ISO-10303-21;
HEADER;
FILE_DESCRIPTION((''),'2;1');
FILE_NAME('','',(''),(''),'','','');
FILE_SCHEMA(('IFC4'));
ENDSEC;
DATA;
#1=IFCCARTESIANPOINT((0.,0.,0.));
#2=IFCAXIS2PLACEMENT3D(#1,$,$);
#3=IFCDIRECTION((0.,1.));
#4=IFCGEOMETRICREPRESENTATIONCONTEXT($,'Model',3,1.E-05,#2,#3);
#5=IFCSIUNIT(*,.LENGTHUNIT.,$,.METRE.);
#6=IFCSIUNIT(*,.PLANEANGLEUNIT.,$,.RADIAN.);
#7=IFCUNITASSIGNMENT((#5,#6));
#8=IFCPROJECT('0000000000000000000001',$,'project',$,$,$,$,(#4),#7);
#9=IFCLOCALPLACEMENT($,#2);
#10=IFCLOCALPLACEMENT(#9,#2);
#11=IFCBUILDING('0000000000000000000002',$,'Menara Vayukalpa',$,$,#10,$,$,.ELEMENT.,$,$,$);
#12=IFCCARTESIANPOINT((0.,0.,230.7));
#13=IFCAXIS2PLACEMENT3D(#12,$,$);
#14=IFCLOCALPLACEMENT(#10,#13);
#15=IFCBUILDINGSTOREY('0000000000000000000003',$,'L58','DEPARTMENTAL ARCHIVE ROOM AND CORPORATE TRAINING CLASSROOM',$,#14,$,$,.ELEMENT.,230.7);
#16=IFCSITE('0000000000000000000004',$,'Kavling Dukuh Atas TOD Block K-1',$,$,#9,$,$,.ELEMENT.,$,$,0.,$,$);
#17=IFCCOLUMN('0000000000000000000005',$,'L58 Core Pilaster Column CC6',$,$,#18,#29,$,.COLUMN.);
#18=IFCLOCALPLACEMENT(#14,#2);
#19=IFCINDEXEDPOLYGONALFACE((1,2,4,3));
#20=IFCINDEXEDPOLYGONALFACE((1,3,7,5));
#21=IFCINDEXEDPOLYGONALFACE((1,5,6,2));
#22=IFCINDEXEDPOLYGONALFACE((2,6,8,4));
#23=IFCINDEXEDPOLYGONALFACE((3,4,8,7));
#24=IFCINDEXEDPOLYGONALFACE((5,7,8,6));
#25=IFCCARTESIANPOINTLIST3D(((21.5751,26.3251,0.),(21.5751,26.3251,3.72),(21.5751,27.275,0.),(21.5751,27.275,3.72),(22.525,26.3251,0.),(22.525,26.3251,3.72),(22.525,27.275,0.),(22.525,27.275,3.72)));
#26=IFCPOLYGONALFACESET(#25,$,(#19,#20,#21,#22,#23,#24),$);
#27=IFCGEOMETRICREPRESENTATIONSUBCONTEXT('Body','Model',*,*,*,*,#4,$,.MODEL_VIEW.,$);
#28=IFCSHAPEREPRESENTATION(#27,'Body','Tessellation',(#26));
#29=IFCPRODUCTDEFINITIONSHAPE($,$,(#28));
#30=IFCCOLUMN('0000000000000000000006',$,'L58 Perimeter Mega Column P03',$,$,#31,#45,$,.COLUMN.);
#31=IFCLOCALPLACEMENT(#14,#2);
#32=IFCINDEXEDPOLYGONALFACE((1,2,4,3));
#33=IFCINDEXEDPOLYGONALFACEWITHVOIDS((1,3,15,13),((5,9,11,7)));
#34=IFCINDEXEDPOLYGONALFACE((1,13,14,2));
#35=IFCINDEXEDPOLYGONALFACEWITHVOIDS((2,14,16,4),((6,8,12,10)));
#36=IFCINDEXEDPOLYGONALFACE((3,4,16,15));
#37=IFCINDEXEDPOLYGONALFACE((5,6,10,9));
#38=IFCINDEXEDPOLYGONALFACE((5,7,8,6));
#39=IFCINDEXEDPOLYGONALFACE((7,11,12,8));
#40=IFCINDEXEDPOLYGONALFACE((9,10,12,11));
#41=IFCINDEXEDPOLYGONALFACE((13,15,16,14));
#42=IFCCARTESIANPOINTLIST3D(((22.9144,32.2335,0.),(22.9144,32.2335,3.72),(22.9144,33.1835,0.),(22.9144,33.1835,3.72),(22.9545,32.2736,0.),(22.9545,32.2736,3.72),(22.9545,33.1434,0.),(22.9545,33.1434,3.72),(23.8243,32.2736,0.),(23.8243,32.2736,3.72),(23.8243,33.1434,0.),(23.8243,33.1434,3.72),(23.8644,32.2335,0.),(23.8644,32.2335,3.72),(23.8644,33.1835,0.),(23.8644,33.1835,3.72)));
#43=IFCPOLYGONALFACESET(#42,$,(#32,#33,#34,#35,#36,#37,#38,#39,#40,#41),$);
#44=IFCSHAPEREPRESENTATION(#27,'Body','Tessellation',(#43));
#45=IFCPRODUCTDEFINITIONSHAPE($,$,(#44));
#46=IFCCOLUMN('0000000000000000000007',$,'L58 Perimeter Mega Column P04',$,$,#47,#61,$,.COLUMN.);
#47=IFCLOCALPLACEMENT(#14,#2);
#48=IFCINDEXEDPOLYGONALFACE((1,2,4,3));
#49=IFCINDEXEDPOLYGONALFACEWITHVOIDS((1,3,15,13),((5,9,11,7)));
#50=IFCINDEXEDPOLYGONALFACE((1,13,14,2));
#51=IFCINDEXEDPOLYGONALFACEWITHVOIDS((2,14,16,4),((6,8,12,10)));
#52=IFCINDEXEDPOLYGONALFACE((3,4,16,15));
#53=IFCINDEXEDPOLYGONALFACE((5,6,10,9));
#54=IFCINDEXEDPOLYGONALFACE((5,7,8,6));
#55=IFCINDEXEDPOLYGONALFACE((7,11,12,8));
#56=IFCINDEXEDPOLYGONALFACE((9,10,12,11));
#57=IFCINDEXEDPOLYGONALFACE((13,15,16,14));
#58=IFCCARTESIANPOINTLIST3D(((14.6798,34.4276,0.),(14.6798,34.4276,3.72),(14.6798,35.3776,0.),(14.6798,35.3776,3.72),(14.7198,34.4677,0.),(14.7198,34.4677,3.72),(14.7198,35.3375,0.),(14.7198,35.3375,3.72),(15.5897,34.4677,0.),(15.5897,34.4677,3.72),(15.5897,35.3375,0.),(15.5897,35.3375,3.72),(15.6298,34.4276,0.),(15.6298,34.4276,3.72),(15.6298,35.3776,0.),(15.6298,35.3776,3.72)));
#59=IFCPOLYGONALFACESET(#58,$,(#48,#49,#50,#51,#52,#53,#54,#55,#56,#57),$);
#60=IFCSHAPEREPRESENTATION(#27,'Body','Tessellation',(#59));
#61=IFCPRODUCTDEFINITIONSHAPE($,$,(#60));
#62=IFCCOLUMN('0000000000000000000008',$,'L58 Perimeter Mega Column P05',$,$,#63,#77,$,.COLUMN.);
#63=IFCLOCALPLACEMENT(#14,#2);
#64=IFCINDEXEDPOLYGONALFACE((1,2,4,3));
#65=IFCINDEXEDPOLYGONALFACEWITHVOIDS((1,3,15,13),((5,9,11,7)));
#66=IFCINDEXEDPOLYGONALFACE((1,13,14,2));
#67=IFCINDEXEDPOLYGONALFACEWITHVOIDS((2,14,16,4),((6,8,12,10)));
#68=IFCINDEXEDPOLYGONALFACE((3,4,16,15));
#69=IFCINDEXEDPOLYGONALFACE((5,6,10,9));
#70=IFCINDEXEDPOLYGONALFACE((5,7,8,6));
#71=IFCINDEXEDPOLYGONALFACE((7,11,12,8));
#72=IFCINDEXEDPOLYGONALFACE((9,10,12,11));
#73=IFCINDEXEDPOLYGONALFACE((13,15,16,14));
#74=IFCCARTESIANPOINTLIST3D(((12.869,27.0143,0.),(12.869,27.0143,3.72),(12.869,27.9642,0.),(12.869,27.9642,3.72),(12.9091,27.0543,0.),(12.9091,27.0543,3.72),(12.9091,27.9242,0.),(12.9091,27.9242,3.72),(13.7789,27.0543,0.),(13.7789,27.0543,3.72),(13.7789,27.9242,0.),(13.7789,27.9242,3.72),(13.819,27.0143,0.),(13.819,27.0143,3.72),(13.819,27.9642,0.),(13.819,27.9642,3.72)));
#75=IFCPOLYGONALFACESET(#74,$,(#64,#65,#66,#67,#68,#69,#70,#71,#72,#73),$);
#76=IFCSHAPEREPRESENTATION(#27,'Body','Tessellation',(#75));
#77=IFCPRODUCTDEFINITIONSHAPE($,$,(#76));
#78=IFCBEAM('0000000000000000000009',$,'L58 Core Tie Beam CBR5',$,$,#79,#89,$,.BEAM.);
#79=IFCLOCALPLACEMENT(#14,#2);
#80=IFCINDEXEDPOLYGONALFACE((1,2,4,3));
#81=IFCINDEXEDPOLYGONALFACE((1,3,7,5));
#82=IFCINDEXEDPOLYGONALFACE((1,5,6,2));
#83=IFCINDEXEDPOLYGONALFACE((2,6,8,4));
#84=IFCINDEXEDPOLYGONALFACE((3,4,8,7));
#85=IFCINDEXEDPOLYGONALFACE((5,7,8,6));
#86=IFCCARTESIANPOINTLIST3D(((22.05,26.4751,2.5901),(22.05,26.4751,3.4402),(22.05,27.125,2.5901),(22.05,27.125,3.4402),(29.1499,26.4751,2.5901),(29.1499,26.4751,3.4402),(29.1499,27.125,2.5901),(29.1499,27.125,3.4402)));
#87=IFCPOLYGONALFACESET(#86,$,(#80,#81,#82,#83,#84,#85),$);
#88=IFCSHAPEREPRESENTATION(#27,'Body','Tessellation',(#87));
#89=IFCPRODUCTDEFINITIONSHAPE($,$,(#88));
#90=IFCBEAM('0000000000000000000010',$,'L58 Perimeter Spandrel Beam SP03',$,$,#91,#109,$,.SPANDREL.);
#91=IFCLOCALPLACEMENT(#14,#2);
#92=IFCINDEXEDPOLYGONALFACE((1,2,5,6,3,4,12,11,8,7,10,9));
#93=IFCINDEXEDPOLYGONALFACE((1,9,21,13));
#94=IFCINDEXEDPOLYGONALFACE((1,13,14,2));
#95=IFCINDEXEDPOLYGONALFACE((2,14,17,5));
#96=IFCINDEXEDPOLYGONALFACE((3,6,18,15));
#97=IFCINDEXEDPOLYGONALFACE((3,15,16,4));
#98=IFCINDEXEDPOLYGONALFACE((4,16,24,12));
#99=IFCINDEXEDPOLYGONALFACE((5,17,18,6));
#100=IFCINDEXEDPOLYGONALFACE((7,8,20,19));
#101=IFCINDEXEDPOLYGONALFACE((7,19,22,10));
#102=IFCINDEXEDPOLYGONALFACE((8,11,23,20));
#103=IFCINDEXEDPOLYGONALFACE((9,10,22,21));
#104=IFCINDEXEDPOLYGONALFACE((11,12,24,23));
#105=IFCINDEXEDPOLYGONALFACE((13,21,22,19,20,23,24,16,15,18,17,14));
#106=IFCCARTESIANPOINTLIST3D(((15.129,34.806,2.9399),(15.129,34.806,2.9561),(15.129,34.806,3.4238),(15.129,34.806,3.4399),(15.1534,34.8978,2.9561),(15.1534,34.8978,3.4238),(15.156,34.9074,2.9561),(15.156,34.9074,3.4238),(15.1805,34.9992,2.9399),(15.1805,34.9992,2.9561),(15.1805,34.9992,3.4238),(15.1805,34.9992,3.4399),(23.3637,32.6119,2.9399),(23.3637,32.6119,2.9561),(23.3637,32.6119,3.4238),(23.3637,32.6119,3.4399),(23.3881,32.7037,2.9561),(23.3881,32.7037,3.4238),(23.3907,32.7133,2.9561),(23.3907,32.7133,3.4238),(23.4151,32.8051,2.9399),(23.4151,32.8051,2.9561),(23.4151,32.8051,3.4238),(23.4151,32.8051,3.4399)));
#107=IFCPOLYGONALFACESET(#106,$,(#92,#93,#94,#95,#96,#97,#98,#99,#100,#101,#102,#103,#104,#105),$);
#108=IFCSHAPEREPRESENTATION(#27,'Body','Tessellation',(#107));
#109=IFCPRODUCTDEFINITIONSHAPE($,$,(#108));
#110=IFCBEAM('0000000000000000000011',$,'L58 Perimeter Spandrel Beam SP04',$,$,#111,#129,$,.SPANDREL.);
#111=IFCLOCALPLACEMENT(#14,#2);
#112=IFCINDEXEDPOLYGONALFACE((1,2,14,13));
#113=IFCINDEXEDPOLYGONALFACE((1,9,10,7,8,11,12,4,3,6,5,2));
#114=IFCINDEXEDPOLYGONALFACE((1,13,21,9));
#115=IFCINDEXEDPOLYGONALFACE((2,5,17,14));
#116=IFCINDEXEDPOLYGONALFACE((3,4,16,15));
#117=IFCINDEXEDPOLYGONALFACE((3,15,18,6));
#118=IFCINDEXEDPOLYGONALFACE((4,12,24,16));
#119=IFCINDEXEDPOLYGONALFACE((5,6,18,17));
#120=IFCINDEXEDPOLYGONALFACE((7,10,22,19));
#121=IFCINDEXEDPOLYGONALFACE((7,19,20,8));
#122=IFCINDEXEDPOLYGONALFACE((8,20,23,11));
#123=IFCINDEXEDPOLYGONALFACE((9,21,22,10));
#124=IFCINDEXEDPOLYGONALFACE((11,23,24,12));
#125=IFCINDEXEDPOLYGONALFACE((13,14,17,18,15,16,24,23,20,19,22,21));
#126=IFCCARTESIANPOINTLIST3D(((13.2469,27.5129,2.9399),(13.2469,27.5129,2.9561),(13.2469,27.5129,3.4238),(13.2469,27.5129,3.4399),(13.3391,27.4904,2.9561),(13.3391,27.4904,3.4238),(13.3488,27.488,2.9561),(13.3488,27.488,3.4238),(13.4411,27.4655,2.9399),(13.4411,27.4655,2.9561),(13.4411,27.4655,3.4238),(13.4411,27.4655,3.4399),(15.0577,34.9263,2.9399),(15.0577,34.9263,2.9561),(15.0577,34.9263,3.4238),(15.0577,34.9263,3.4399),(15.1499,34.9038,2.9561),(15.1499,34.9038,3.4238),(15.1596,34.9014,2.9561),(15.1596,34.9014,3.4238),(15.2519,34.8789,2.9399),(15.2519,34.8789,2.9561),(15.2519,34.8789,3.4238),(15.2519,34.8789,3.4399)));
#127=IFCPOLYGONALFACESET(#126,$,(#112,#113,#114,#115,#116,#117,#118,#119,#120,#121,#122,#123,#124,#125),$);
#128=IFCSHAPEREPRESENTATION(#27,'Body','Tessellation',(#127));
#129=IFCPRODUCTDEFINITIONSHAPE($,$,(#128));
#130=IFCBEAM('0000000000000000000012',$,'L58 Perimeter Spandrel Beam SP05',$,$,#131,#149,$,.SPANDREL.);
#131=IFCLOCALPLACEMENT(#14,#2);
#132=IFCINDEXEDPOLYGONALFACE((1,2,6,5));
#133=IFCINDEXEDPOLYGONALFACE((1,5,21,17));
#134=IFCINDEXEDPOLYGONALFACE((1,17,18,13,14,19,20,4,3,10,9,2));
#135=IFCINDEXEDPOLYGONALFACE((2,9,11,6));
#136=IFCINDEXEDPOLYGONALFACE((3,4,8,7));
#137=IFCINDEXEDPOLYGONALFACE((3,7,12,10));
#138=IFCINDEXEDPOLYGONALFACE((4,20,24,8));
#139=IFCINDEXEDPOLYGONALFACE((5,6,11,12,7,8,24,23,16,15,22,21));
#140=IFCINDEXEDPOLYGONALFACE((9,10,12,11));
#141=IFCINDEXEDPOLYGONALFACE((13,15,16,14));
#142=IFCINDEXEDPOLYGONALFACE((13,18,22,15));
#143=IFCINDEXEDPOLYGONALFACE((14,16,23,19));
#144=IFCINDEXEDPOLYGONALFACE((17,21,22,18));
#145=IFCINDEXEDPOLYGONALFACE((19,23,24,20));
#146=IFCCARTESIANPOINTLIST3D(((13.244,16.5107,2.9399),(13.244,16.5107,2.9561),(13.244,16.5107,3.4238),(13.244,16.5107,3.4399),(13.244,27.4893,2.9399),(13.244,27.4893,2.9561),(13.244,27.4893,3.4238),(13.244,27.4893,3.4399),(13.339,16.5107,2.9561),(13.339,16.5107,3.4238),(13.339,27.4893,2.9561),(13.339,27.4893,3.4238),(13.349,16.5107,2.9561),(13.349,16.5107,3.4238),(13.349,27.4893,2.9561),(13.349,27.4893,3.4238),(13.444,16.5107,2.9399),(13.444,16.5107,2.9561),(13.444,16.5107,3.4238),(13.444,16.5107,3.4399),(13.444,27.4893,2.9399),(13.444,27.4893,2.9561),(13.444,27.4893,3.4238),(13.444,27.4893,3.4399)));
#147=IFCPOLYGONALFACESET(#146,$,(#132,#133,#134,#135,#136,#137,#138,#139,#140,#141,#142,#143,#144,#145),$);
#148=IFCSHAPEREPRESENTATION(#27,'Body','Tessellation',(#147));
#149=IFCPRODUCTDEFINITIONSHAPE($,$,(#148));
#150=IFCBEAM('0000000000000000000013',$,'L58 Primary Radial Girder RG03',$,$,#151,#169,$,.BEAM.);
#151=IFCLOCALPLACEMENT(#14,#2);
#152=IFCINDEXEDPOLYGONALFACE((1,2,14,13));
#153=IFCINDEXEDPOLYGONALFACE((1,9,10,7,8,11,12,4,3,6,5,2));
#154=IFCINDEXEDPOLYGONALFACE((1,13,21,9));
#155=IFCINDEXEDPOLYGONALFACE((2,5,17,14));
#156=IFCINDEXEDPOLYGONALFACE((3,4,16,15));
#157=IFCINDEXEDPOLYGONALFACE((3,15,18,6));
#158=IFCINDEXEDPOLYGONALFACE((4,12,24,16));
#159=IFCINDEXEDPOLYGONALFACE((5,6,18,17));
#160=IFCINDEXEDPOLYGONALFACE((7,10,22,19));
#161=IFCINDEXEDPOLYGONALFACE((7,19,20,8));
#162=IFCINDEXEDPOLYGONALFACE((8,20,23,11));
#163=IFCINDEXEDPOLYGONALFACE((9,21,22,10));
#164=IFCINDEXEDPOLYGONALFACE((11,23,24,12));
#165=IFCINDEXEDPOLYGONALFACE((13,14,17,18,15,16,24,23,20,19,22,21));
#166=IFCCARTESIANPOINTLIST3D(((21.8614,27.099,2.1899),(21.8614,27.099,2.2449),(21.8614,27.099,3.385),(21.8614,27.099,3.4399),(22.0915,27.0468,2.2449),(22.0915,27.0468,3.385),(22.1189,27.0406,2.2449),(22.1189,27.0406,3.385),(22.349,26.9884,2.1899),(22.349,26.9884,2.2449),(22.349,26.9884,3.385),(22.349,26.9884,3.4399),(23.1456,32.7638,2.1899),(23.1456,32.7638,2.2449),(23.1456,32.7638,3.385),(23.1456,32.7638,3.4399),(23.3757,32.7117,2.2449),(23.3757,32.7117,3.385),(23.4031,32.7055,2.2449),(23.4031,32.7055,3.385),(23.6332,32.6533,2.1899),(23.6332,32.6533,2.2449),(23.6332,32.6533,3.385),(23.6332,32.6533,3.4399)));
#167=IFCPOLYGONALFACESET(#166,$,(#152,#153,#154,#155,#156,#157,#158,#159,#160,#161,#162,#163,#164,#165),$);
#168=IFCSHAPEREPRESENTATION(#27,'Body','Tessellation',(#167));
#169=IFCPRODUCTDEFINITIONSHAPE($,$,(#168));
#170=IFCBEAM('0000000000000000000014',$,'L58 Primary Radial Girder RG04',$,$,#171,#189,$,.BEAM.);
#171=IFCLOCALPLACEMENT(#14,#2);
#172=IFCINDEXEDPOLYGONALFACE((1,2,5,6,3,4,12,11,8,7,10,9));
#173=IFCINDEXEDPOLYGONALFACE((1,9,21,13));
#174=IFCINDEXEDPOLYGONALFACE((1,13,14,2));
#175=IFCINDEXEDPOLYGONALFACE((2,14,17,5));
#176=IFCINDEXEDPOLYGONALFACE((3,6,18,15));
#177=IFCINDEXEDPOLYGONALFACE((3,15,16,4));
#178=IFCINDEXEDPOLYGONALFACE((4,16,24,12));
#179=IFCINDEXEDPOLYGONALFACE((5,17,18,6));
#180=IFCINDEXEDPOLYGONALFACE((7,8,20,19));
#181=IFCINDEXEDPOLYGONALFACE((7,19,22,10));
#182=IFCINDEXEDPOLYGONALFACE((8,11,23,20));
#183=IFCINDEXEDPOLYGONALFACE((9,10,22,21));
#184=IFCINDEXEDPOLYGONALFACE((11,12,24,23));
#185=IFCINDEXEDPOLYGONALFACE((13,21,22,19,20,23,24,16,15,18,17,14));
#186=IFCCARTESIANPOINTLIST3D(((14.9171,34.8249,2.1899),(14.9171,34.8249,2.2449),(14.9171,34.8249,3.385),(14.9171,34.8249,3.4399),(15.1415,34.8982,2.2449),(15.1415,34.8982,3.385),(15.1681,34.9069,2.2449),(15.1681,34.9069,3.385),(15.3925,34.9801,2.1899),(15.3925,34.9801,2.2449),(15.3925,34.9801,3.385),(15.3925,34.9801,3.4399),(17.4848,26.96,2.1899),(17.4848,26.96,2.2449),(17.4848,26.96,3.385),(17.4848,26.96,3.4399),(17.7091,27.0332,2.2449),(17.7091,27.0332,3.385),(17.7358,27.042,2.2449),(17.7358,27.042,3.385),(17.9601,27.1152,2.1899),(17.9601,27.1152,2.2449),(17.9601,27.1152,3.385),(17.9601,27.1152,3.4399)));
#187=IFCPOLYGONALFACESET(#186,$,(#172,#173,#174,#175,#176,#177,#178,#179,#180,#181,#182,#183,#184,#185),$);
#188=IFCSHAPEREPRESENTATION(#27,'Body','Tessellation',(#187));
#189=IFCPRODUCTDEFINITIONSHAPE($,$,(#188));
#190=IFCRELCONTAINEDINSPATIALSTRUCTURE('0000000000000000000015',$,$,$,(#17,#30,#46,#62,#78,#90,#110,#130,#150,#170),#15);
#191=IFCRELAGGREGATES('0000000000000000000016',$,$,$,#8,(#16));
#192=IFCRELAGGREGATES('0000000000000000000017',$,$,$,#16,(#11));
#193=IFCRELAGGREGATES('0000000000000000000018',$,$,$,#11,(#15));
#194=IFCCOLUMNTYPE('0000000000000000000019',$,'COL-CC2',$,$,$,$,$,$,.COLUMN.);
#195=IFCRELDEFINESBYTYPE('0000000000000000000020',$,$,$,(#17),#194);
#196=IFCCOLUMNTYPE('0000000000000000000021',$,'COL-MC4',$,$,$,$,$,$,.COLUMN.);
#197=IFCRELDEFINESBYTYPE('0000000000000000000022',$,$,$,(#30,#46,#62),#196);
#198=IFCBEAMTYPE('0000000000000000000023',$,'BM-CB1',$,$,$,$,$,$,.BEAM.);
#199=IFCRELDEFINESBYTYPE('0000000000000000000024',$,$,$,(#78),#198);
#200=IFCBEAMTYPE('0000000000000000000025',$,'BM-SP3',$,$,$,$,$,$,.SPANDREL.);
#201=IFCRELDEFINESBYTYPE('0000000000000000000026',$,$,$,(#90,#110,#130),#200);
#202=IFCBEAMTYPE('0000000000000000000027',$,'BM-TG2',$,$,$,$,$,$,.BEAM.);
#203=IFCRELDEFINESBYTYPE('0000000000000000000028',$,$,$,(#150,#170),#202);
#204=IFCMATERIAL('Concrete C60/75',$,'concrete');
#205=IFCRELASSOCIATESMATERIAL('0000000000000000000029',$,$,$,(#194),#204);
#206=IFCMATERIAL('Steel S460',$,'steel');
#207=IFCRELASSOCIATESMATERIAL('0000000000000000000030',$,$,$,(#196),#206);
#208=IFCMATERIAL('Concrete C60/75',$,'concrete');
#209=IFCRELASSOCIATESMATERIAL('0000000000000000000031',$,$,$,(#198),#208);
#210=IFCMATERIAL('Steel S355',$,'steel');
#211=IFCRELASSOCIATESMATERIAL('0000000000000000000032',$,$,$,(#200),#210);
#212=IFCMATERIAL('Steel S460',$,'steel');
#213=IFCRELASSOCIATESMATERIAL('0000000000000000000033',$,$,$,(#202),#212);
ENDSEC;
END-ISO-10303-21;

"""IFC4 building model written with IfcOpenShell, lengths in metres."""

from ifc_helpers import new_model, si_unit, direction, frame, origin, origin_2d, place, context, subcontext, project, spatial, rectangle, hollow_rectangle, i_section, extrude, material, material_profile, profile_set, type_object, element, save


model = new_model("IFC4")

# Units and contexts
model_context = context("Model", 3, precision=1e-05, world=origin(), true_north=direction((0.0, 1.0)))
body_context = subcontext(model_context, "Body", "Model", "MODEL_VIEW")
ifc_project = project(units=[si_unit("LENGTHUNIT", "METRE"), si_unit("PLANEANGLEUNIT", "RADIAN")], contexts=[model_context])

# Site, building, storey
site_placement = place(None, origin())
site = spatial("IfcSite", under=ifc_project, at=site_placement, Name="Kavling Dukuh Atas TOD Block K-1", CompositionType="ELEMENT", RefElevation=0.0)
building_placement = place(site_placement, origin())
building = spatial("IfcBuilding", under=site, at=building_placement, Name="Menara Vayukalpa", CompositionType="ELEMENT")
storey_placement = place(building_placement, frame((0.0, 0.0, 230.7)))
storey = spatial("IfcBuildingStorey", under=building, at=storey_placement, Name="L58", Description="DEPARTMENTAL ARCHIVE ROOM AND CORPORATE TRAINING CLASSROOM", CompositionType="ELEMENT", Elevation=230.7)

# Columns
ifc_material_1 = material(Name="Concrete C60/75", Category="concrete")
ifc_material_profile_1 = material_profile(ifc_material_1, rectangle(XDim=0.95, YDim=0.95, at=origin_2d()), Name="RC 950x950")
ifc_profile_set_1 = profile_set([ifc_material_profile_1], Name="Concrete C60/75")
column_type_1 = type_object("IfcColumnType", Name="COL-CC2", PredefinedType="COLUMN", material=ifc_profile_set_1)
column_placement = place(storey_placement, frame((22.05, 26.8, 0.0), z_axis=(0.0, 0.0, 1.0), x_axis=(1.0, 0.0, 0.0)))
element("IfcColumn", 1, at=column_placement, inside=storey, type_object=column_type_1, Name="L58 Core Pilaster Column CC6", PredefinedType="COLUMN", context=body_context, shape_type="SweptSolid", body=[
    extrude(rectangle(XDim=0.95, YDim=0.95, at=origin_2d()), origin(), (0.0, 0.0, 1.0), 3.72),
])
ifc_material_2 = material(Name="Steel S460", Category="steel")
ifc_material_profile_2 = material_profile(ifc_material_2, hollow_rectangle(XDim=0.95, YDim=0.95, WallThickness=0.04, at=origin_2d()), Name="BOX 950x950x40")
ifc_profile_set_2 = profile_set([ifc_material_profile_2], Name="Steel S460")
column_type_2 = type_object("IfcColumnType", Name="COL-MC4", PredefinedType="COLUMN", material=ifc_profile_set_2)
for number, where, z_axis, x_axis, name in (
    (2, (23.3894, 32.7085, 0.0), (0.0, 0.0, 1.0), (1.0, 0.0, 0.0), "L58 Perimeter Mega Column P03"),
    (3, (15.1548, 34.9026, 0.0), (0.0, 0.0, 1.0), (1.0, 0.0, 0.0), "L58 Perimeter Mega Column P04"),
    (4, (13.344, 27.4893, 0.0), (0.0, 0.0, 1.0), (1.0, 0.0, 0.0), "L58 Perimeter Mega Column P05"),
):
    element("IfcColumn", number, at=place(storey_placement, frame(where, z_axis=z_axis, x_axis=x_axis)), inside=storey, type_object=column_type_2, Name=name, PredefinedType="COLUMN", context=body_context, shape_type="SweptSolid", body=[
        extrude(hollow_rectangle(XDim=0.95, YDim=0.95, WallThickness=0.04, at=origin_2d()), origin(), (0.0, 0.0, 1.0), 3.72),
    ])

# Beams
ifc_material_3 = material(Name="Concrete C60/75", Category="concrete")
ifc_material_profile_3 = material_profile(ifc_material_3, rectangle(XDim=0.6499, YDim=0.8501, at=origin_2d()), Name="RC 650x850")
ifc_profile_set_3 = profile_set([ifc_material_profile_3], Name="Concrete C60/75")
beam_type_1 = type_object("IfcBeamType", Name="BM-CB1", PredefinedType="BEAM", material=ifc_profile_set_3)
beam_1_placement = place(storey_placement, frame((22.05, 26.8, 3.0151), z_axis=(1.0, 0.0, 0.0), x_axis=(0.0, 1.0, 0.0)))
element("IfcBeam", 5, at=beam_1_placement, inside=storey, type_object=beam_type_1, Name="L58 Core Tie Beam CBR5", PredefinedType="BEAM", context=body_context, shape_type="SweptSolid", body=[
    extrude(rectangle(XDim=0.6499, YDim=0.8501, at=origin_2d()), origin(), (0.0, 0.0, 1.0), 7.0999),
])
ifc_material_4 = material(Name="Steel S355", Category="steel")
ifc_material_profile_4 = material_profile(ifc_material_4, i_section(OverallWidth=0.2, OverallDepth=0.5, WebThickness=0.01, FlangeThickness=0.0161, at=origin_2d()), Name="WF 500x200x10x16")
ifc_profile_set_4 = profile_set([ifc_material_profile_4], Name="Steel S355")
beam_type_2 = type_object("IfcBeamType", Name="BM-SP3", PredefinedType="SPANDREL", material=ifc_profile_set_4)
beam_2_placement = place(storey_placement, frame((23.3894, 32.7085, 3.1899), z_axis=(-0.966288, 0.257465, 0.0), x_axis=(-0.257465, -0.966288, 0.0)))
element("IfcBeam", 6, at=beam_2_placement, inside=storey, type_object=beam_type_2, Name="L58 Perimeter Spandrel Beam SP03", PredefinedType="SPANDREL", context=body_context, shape_type="SweptSolid", body=[
    extrude(i_section(OverallWidth=0.2, OverallDepth=0.5, WebThickness=0.01, FlangeThickness=0.0161, at=origin_2d()), origin(), (0.0, 0.0, 1.0), 8.522),
])
beam_3_placement = place(storey_placement, frame((15.1548, 34.9026, 3.1899), z_axis=(-0.237285, -0.97144, 0.0), x_axis=(0.97144, -0.237285, 0.0)))
element("IfcBeam", 7, at=beam_3_placement, inside=storey, type_object=beam_type_2, Name="L58 Perimeter Spandrel Beam SP04", PredefinedType="SPANDREL", context=body_context, shape_type="SweptSolid", body=[
    extrude(i_section(OverallWidth=0.2, OverallDepth=0.5, WebThickness=0.01, FlangeThickness=0.0161, at=origin_2d()), origin(), (0.0, 0.0, 1.0), 7.6313),
])
beam_4_placement = place(storey_placement, frame((13.344, 27.4893, 3.1899), z_axis=(0.0, -1.0, 0.0), x_axis=(1.0, 0.0, 0.0)))
element("IfcBeam", 8, at=beam_4_placement, inside=storey, type_object=beam_type_2, Name="L58 Perimeter Spandrel Beam SP05", PredefinedType="SPANDREL", context=body_context, shape_type="SweptSolid", body=[
    extrude(i_section(OverallWidth=0.2, OverallDepth=0.5, WebThickness=0.01, FlangeThickness=0.0161, at=origin_2d()), origin(), (0.0, 0.0, 1.0), 10.9785),
])
ifc_material_5 = material(Name="Steel S460", Category="steel")
ifc_material_profile_5 = material_profile(ifc_material_5, i_section(OverallWidth=0.5, OverallDepth=1.25, WebThickness=0.0281, FlangeThickness=0.0549, at=origin_2d()), Name="WG 1250x500x28x55")
ifc_profile_set_5 = profile_set([ifc_material_profile_5], Name="Steel S460")
beam_type_3 = type_object("IfcBeamType", Name="BM-TG2", PredefinedType="BEAM", material=ifc_profile_set_5)
beam_5_placement = place(storey_placement, frame((22.1052, 27.0437, 2.8149), z_axis=(0.221085, 0.975255, 0.0), x_axis=(-0.975255, 0.221085, 0.0)))
element("IfcBeam", 9, at=beam_5_placement, inside=storey, type_object=beam_type_3, Name="L58 Primary Radial Girder RG03", PredefinedType="BEAM", context=body_context, shape_type="SweptSolid", body=[
    extrude(i_section(OverallWidth=0.5, OverallDepth=1.25, WebThickness=0.0281, FlangeThickness=0.0549, at=origin_2d()), origin(), (0.0, 0.0, 1.0), 5.8086),
])
beam_6_placement = place(storey_placement, frame((17.7224, 27.0376, 2.8149), z_axis=(-0.310344, 0.950624, 0.0), x_axis=(-0.950624, -0.310344, 0.0)))
element("IfcBeam", 10, at=beam_6_placement, inside=storey, type_object=beam_type_3, Name="L58 Primary Radial Girder RG04", PredefinedType="BEAM", context=body_context, shape_type="SweptSolid", body=[
    extrude(i_section(OverallWidth=0.5, OverallDepth=1.25, WebThickness=0.0281, FlangeThickness=0.0549, at=origin_2d()), origin(), (0.0, 0.0, 1.0), 8.2734),
])

save(model, "model.ifc")
